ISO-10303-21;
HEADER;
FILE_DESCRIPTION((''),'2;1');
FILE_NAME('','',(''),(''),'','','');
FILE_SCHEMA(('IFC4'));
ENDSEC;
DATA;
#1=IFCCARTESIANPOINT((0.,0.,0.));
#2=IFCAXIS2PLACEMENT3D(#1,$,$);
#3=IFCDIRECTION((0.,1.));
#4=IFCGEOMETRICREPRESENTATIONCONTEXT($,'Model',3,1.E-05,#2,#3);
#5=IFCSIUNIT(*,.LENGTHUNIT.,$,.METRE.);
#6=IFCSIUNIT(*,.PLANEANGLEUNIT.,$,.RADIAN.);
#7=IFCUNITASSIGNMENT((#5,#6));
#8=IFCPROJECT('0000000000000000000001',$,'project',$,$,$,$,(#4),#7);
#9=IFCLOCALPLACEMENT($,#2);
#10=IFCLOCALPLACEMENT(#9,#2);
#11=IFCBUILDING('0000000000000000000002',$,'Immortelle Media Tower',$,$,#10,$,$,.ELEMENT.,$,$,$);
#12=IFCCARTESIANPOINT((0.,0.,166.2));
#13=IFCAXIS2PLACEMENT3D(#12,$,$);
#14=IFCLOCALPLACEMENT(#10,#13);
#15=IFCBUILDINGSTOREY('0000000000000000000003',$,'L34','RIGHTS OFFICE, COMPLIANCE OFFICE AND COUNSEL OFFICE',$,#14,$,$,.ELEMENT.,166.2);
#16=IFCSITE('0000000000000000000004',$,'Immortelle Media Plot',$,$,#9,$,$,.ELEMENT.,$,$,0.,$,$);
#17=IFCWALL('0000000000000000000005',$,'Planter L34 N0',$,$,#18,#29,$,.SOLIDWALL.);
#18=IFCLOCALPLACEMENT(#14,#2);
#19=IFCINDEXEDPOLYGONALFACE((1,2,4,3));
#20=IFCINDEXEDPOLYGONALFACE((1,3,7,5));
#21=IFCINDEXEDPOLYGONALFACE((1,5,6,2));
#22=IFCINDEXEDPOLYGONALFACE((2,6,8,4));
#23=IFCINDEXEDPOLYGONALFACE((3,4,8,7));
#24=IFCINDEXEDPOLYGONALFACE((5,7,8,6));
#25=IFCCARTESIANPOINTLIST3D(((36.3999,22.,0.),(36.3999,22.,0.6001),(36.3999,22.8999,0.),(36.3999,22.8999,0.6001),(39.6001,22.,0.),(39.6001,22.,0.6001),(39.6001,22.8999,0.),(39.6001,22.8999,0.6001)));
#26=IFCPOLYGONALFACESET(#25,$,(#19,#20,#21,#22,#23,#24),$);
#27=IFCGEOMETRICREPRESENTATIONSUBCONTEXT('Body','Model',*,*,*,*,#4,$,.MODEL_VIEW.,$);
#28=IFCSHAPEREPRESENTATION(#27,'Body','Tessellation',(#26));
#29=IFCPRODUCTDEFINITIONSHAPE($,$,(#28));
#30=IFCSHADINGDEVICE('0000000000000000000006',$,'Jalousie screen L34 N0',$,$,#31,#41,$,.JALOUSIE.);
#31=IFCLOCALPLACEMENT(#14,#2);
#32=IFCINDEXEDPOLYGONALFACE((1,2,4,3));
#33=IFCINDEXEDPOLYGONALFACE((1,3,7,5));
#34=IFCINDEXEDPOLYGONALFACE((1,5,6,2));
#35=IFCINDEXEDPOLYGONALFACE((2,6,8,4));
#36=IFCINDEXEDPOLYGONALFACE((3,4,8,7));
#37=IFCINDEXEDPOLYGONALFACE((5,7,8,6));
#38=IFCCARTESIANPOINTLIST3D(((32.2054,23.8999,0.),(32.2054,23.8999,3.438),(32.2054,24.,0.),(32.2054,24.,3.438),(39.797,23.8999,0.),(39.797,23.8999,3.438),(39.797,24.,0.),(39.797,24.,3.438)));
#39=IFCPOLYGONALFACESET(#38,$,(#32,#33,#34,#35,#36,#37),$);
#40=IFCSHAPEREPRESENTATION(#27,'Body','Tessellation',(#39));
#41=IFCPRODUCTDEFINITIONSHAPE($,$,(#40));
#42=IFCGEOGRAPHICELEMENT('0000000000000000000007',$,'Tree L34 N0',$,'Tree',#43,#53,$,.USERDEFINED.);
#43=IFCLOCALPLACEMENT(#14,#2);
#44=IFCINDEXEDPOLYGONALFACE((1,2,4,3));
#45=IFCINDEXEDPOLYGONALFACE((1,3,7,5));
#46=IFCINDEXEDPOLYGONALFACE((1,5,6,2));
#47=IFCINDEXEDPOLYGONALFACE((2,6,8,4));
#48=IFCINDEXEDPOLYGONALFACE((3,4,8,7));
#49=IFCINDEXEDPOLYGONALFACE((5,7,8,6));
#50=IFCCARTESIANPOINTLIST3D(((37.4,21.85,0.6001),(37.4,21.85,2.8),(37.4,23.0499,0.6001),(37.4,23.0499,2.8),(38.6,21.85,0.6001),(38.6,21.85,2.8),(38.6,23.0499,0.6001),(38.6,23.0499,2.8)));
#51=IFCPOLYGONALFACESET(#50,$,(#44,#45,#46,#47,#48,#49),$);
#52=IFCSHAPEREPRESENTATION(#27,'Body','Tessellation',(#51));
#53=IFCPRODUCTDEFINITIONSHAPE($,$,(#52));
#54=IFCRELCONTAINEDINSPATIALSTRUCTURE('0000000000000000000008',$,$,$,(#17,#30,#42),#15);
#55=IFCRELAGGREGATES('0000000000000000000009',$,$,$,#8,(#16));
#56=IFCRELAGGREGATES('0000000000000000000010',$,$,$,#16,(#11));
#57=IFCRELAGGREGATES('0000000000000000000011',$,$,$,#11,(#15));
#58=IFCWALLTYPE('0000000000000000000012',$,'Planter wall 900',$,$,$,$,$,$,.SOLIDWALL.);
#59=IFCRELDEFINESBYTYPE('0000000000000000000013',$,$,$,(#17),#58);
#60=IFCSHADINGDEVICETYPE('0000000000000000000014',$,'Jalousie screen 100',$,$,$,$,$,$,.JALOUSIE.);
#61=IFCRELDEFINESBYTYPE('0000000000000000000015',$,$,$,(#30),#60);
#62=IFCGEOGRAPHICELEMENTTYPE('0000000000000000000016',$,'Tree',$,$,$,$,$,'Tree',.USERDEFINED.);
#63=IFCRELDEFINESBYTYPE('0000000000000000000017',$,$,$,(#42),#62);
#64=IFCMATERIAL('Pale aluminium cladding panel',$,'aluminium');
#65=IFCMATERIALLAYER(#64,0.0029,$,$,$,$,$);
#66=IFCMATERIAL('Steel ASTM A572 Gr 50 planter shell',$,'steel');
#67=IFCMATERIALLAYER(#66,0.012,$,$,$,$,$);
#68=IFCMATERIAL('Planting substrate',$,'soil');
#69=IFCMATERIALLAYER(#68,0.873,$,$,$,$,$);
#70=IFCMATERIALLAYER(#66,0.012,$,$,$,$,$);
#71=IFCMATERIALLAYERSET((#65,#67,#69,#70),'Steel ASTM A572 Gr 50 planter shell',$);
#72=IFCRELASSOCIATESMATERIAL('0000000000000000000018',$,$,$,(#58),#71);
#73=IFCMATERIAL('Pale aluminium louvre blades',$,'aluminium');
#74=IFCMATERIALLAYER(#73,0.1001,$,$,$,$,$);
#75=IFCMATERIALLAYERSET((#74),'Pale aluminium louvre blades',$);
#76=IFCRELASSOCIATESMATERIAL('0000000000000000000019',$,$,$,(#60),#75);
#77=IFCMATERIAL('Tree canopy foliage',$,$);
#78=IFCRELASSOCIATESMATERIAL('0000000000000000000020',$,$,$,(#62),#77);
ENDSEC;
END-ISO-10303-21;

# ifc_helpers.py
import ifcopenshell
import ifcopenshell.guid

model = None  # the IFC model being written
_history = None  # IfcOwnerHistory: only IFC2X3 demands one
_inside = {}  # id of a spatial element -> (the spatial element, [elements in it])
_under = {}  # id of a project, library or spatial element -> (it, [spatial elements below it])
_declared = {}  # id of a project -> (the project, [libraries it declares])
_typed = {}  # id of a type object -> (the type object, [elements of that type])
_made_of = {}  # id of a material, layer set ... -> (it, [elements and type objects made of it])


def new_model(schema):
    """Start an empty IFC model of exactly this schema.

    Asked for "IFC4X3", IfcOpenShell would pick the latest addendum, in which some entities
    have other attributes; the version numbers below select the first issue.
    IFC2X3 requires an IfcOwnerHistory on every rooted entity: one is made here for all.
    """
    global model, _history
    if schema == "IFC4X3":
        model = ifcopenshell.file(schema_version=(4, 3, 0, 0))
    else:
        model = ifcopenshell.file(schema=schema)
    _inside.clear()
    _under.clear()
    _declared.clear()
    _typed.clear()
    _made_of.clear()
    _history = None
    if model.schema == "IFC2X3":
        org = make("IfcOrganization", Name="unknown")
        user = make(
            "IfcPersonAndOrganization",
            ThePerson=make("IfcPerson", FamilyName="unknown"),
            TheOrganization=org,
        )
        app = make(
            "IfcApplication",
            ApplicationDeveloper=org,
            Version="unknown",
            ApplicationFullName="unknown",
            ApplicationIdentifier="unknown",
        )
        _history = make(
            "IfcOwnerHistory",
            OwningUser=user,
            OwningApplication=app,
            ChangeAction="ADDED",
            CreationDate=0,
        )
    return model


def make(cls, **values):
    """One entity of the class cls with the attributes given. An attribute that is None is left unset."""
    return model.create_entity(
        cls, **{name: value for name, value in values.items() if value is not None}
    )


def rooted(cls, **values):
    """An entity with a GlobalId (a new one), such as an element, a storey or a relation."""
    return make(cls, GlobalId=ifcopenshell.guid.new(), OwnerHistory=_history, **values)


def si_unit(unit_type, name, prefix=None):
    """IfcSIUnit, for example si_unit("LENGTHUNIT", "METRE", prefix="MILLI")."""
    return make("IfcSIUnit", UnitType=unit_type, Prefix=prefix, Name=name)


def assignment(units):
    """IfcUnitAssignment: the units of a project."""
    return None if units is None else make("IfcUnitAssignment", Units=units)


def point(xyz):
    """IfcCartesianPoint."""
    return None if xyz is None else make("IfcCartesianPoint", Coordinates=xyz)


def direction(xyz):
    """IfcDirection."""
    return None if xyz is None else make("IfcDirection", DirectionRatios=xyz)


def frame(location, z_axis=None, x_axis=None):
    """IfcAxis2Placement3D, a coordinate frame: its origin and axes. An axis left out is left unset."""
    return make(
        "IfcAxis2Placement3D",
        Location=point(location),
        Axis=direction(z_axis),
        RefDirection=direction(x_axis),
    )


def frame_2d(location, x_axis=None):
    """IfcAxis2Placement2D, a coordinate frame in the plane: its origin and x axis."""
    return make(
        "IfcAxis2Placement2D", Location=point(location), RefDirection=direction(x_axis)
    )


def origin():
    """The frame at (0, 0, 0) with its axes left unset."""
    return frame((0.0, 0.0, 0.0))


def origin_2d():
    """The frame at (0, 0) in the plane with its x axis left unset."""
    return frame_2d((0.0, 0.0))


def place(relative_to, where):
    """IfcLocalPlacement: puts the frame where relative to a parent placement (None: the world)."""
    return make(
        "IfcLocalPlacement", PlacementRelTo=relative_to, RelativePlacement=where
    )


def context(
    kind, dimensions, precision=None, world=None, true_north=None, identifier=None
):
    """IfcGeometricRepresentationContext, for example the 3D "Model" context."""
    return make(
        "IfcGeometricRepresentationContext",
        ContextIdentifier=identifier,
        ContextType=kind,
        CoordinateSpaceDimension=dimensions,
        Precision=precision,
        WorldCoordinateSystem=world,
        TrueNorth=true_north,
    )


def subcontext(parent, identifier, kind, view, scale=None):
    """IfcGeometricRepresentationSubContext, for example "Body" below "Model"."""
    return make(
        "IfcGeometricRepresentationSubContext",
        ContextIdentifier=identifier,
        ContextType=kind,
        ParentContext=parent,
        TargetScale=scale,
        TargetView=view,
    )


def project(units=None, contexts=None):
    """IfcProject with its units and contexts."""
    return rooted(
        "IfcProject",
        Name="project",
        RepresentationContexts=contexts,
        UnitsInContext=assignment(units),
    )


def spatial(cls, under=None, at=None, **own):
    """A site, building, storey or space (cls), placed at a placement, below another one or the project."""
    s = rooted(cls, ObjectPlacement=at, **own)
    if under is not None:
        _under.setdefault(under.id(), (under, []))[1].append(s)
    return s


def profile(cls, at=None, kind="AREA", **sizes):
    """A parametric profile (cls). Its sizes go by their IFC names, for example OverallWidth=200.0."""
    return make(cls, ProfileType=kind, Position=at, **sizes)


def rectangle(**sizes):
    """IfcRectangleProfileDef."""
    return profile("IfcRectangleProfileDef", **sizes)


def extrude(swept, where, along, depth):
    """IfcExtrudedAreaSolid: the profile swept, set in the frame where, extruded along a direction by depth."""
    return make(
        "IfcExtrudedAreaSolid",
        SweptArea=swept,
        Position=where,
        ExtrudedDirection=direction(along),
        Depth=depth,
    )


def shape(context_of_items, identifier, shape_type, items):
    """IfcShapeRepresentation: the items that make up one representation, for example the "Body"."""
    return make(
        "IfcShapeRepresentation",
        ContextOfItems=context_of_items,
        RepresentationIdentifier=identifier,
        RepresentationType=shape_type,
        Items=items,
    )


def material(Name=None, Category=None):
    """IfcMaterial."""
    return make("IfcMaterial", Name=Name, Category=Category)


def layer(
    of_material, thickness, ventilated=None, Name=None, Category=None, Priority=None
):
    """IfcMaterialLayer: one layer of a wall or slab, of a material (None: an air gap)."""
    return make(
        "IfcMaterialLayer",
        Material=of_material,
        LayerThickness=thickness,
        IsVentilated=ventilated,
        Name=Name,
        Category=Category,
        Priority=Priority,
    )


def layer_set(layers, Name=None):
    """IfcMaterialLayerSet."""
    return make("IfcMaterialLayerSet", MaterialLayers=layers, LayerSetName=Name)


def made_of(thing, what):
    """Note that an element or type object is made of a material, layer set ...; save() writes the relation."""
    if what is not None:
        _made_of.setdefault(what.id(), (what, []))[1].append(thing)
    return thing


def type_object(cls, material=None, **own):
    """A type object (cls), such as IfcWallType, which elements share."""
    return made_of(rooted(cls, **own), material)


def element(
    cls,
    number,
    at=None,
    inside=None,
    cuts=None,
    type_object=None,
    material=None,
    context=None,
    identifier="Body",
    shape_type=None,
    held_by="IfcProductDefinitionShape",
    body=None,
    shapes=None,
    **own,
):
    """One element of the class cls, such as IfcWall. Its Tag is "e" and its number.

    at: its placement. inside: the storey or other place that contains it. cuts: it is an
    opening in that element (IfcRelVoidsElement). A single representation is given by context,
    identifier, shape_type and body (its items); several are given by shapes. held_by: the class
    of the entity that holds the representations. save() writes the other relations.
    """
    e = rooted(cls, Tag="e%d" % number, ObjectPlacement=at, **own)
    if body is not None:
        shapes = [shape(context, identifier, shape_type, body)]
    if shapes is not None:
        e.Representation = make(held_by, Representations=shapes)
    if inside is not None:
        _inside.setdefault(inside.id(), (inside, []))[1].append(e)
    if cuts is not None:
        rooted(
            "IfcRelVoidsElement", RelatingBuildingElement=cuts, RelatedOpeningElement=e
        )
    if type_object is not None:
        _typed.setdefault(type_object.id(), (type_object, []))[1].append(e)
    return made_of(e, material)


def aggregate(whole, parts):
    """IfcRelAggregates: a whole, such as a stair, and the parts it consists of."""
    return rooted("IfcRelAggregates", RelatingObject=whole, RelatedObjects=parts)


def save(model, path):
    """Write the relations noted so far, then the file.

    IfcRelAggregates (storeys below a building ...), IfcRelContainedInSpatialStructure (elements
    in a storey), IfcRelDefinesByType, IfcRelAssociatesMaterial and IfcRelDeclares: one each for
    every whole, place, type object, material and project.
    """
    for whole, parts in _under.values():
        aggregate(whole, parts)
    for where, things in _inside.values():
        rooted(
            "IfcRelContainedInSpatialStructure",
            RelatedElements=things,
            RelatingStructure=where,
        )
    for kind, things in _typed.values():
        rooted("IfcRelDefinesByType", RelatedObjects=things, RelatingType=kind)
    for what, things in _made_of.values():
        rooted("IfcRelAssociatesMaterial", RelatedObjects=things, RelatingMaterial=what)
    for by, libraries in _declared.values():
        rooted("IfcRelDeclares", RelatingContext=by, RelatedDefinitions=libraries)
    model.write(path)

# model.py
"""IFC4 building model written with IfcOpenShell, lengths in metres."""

from ifc_helpers import new_model, si_unit, direction, frame, frame_2d, origin, origin_2d, place, context, subcontext, project, spatial, rectangle, extrude, material, layer, layer_set, type_object, element, save


model = new_model("IFC4")

# Units and contexts
model_context = context("Model", 3, precision=1e-05, world=origin(), true_north=direction((0.0, 1.0)))
body_context = subcontext(model_context, "Body", "Model", "MODEL_VIEW")
ifc_project = project(units=[si_unit("LENGTHUNIT", "METRE"), si_unit("PLANEANGLEUNIT", "RADIAN")], contexts=[model_context])

# Site, building, storey
site_placement = place(None, origin())
site = spatial("IfcSite", under=ifc_project, at=site_placement, Name="Immortelle Media Plot", CompositionType="ELEMENT", RefElevation=0.0)
building_placement = place(site_placement, origin())
building = spatial("IfcBuilding", under=site, at=building_placement, Name="Immortelle Media Tower", CompositionType="ELEMENT")
storey_placement = place(building_placement, frame((0.0, 0.0, 166.2)))
storey = spatial("IfcBuildingStorey", under=building, at=storey_placement, Name="L34", Description="RIGHTS OFFICE, COMPLIANCE OFFICE AND COUNSEL OFFICE", CompositionType="ELEMENT", Elevation=166.2)

# Shared definitions
ifc_material_1 = material(Name="Pale aluminium cladding panel", Category="aluminium")

# Wall
ifc_layer_1 = layer(ifc_material_1, 0.0029)
ifc_material_2 = material(Name="Steel ASTM A572 Gr 50 planter shell", Category="steel")
ifc_layer_2 = layer(ifc_material_2, 0.012)
ifc_material_3 = material(Name="Planting substrate", Category="soil")
ifc_layer_3 = layer(ifc_material_3, 0.873)
ifc_layer_4 = layer(ifc_material_2, 0.012)
ifc_layer_set_1 = layer_set([ifc_layer_1, ifc_layer_2, ifc_layer_3, ifc_layer_4], Name="Steel ASTM A572 Gr 50 planter shell")
wall_type_1 = type_object("IfcWallType", Name="Planter wall 900", PredefinedType="SOLIDWALL", material=ifc_layer_set_1)
wall_1_placement = place(storey_placement, frame((39.6001, 22.45, 0.0), z_axis=(0.0, 0.0, 1.0), x_axis=(-1.0, 0.0, 0.0)))
element("IfcWall", 1, at=wall_1_placement, inside=storey, type_object=wall_type_1, Name="Planter L34 N0", PredefinedType="SOLIDWALL", context=body_context, shape_type="SweptSolid", body=[
    extrude(rectangle(XDim=3.2002, YDim=0.8999, at=frame_2d((1.6001, 0.0))), origin(), (0.0, 0.0, 1.0), 0.6001),
])

# Shading device
ifc_material_4 = material(Name="Pale aluminium louvre blades", Category="aluminium")
ifc_layer_5 = layer(ifc_material_4, 0.1001)
ifc_layer_set_2 = layer_set([ifc_layer_5], Name="Pale aluminium louvre blades")
shading_device_type = type_object("IfcShadingDeviceType", Name="Jalousie screen 100", PredefinedType="JALOUSIE", material=ifc_layer_set_2)
shading_device_placement = place(storey_placement, frame((36.0012, 23.95, 0.0), z_axis=(0.0, 0.0, 1.0), x_axis=(-1.0, 0.0, 0.0)))
element("IfcShadingDevice", 2, at=shading_device_placement, inside=storey, type_object=shading_device_type, Name="Jalousie screen L34 N0", PredefinedType="JALOUSIE", context=body_context, shape_type="SweptSolid", body=[
    extrude(rectangle(XDim=7.5916, YDim=0.1001, at=origin_2d()), origin(), (0.0, 0.0, 1.0), 3.438),
])

# Geographic element
ifc_material_5 = material(Name="Tree canopy foliage")
geographic_element_type = type_object("IfcGeographicElementType", Name="Tree", ElementType="Tree", PredefinedType="USERDEFINED", material=ifc_material_5)
geographic_element_placement = place(storey_placement, frame((38.0, 22.45, 0.6001), z_axis=(0.0, 0.0, 1.0), x_axis=(1.0, 0.0, 0.0)))
element("IfcGeographicElement", 3, at=geographic_element_placement, inside=storey, type_object=geographic_element_type, Name="Tree L34 N0", ObjectType="Tree", PredefinedType="USERDEFINED", context=body_context, shape_type="SweptSolid", body=[
    extrude(rectangle(XDim=1.2, YDim=1.2, at=origin_2d()), origin(), (0.0, 0.0, 1.0), 2.2),
])

save(model, "model.ifc")
